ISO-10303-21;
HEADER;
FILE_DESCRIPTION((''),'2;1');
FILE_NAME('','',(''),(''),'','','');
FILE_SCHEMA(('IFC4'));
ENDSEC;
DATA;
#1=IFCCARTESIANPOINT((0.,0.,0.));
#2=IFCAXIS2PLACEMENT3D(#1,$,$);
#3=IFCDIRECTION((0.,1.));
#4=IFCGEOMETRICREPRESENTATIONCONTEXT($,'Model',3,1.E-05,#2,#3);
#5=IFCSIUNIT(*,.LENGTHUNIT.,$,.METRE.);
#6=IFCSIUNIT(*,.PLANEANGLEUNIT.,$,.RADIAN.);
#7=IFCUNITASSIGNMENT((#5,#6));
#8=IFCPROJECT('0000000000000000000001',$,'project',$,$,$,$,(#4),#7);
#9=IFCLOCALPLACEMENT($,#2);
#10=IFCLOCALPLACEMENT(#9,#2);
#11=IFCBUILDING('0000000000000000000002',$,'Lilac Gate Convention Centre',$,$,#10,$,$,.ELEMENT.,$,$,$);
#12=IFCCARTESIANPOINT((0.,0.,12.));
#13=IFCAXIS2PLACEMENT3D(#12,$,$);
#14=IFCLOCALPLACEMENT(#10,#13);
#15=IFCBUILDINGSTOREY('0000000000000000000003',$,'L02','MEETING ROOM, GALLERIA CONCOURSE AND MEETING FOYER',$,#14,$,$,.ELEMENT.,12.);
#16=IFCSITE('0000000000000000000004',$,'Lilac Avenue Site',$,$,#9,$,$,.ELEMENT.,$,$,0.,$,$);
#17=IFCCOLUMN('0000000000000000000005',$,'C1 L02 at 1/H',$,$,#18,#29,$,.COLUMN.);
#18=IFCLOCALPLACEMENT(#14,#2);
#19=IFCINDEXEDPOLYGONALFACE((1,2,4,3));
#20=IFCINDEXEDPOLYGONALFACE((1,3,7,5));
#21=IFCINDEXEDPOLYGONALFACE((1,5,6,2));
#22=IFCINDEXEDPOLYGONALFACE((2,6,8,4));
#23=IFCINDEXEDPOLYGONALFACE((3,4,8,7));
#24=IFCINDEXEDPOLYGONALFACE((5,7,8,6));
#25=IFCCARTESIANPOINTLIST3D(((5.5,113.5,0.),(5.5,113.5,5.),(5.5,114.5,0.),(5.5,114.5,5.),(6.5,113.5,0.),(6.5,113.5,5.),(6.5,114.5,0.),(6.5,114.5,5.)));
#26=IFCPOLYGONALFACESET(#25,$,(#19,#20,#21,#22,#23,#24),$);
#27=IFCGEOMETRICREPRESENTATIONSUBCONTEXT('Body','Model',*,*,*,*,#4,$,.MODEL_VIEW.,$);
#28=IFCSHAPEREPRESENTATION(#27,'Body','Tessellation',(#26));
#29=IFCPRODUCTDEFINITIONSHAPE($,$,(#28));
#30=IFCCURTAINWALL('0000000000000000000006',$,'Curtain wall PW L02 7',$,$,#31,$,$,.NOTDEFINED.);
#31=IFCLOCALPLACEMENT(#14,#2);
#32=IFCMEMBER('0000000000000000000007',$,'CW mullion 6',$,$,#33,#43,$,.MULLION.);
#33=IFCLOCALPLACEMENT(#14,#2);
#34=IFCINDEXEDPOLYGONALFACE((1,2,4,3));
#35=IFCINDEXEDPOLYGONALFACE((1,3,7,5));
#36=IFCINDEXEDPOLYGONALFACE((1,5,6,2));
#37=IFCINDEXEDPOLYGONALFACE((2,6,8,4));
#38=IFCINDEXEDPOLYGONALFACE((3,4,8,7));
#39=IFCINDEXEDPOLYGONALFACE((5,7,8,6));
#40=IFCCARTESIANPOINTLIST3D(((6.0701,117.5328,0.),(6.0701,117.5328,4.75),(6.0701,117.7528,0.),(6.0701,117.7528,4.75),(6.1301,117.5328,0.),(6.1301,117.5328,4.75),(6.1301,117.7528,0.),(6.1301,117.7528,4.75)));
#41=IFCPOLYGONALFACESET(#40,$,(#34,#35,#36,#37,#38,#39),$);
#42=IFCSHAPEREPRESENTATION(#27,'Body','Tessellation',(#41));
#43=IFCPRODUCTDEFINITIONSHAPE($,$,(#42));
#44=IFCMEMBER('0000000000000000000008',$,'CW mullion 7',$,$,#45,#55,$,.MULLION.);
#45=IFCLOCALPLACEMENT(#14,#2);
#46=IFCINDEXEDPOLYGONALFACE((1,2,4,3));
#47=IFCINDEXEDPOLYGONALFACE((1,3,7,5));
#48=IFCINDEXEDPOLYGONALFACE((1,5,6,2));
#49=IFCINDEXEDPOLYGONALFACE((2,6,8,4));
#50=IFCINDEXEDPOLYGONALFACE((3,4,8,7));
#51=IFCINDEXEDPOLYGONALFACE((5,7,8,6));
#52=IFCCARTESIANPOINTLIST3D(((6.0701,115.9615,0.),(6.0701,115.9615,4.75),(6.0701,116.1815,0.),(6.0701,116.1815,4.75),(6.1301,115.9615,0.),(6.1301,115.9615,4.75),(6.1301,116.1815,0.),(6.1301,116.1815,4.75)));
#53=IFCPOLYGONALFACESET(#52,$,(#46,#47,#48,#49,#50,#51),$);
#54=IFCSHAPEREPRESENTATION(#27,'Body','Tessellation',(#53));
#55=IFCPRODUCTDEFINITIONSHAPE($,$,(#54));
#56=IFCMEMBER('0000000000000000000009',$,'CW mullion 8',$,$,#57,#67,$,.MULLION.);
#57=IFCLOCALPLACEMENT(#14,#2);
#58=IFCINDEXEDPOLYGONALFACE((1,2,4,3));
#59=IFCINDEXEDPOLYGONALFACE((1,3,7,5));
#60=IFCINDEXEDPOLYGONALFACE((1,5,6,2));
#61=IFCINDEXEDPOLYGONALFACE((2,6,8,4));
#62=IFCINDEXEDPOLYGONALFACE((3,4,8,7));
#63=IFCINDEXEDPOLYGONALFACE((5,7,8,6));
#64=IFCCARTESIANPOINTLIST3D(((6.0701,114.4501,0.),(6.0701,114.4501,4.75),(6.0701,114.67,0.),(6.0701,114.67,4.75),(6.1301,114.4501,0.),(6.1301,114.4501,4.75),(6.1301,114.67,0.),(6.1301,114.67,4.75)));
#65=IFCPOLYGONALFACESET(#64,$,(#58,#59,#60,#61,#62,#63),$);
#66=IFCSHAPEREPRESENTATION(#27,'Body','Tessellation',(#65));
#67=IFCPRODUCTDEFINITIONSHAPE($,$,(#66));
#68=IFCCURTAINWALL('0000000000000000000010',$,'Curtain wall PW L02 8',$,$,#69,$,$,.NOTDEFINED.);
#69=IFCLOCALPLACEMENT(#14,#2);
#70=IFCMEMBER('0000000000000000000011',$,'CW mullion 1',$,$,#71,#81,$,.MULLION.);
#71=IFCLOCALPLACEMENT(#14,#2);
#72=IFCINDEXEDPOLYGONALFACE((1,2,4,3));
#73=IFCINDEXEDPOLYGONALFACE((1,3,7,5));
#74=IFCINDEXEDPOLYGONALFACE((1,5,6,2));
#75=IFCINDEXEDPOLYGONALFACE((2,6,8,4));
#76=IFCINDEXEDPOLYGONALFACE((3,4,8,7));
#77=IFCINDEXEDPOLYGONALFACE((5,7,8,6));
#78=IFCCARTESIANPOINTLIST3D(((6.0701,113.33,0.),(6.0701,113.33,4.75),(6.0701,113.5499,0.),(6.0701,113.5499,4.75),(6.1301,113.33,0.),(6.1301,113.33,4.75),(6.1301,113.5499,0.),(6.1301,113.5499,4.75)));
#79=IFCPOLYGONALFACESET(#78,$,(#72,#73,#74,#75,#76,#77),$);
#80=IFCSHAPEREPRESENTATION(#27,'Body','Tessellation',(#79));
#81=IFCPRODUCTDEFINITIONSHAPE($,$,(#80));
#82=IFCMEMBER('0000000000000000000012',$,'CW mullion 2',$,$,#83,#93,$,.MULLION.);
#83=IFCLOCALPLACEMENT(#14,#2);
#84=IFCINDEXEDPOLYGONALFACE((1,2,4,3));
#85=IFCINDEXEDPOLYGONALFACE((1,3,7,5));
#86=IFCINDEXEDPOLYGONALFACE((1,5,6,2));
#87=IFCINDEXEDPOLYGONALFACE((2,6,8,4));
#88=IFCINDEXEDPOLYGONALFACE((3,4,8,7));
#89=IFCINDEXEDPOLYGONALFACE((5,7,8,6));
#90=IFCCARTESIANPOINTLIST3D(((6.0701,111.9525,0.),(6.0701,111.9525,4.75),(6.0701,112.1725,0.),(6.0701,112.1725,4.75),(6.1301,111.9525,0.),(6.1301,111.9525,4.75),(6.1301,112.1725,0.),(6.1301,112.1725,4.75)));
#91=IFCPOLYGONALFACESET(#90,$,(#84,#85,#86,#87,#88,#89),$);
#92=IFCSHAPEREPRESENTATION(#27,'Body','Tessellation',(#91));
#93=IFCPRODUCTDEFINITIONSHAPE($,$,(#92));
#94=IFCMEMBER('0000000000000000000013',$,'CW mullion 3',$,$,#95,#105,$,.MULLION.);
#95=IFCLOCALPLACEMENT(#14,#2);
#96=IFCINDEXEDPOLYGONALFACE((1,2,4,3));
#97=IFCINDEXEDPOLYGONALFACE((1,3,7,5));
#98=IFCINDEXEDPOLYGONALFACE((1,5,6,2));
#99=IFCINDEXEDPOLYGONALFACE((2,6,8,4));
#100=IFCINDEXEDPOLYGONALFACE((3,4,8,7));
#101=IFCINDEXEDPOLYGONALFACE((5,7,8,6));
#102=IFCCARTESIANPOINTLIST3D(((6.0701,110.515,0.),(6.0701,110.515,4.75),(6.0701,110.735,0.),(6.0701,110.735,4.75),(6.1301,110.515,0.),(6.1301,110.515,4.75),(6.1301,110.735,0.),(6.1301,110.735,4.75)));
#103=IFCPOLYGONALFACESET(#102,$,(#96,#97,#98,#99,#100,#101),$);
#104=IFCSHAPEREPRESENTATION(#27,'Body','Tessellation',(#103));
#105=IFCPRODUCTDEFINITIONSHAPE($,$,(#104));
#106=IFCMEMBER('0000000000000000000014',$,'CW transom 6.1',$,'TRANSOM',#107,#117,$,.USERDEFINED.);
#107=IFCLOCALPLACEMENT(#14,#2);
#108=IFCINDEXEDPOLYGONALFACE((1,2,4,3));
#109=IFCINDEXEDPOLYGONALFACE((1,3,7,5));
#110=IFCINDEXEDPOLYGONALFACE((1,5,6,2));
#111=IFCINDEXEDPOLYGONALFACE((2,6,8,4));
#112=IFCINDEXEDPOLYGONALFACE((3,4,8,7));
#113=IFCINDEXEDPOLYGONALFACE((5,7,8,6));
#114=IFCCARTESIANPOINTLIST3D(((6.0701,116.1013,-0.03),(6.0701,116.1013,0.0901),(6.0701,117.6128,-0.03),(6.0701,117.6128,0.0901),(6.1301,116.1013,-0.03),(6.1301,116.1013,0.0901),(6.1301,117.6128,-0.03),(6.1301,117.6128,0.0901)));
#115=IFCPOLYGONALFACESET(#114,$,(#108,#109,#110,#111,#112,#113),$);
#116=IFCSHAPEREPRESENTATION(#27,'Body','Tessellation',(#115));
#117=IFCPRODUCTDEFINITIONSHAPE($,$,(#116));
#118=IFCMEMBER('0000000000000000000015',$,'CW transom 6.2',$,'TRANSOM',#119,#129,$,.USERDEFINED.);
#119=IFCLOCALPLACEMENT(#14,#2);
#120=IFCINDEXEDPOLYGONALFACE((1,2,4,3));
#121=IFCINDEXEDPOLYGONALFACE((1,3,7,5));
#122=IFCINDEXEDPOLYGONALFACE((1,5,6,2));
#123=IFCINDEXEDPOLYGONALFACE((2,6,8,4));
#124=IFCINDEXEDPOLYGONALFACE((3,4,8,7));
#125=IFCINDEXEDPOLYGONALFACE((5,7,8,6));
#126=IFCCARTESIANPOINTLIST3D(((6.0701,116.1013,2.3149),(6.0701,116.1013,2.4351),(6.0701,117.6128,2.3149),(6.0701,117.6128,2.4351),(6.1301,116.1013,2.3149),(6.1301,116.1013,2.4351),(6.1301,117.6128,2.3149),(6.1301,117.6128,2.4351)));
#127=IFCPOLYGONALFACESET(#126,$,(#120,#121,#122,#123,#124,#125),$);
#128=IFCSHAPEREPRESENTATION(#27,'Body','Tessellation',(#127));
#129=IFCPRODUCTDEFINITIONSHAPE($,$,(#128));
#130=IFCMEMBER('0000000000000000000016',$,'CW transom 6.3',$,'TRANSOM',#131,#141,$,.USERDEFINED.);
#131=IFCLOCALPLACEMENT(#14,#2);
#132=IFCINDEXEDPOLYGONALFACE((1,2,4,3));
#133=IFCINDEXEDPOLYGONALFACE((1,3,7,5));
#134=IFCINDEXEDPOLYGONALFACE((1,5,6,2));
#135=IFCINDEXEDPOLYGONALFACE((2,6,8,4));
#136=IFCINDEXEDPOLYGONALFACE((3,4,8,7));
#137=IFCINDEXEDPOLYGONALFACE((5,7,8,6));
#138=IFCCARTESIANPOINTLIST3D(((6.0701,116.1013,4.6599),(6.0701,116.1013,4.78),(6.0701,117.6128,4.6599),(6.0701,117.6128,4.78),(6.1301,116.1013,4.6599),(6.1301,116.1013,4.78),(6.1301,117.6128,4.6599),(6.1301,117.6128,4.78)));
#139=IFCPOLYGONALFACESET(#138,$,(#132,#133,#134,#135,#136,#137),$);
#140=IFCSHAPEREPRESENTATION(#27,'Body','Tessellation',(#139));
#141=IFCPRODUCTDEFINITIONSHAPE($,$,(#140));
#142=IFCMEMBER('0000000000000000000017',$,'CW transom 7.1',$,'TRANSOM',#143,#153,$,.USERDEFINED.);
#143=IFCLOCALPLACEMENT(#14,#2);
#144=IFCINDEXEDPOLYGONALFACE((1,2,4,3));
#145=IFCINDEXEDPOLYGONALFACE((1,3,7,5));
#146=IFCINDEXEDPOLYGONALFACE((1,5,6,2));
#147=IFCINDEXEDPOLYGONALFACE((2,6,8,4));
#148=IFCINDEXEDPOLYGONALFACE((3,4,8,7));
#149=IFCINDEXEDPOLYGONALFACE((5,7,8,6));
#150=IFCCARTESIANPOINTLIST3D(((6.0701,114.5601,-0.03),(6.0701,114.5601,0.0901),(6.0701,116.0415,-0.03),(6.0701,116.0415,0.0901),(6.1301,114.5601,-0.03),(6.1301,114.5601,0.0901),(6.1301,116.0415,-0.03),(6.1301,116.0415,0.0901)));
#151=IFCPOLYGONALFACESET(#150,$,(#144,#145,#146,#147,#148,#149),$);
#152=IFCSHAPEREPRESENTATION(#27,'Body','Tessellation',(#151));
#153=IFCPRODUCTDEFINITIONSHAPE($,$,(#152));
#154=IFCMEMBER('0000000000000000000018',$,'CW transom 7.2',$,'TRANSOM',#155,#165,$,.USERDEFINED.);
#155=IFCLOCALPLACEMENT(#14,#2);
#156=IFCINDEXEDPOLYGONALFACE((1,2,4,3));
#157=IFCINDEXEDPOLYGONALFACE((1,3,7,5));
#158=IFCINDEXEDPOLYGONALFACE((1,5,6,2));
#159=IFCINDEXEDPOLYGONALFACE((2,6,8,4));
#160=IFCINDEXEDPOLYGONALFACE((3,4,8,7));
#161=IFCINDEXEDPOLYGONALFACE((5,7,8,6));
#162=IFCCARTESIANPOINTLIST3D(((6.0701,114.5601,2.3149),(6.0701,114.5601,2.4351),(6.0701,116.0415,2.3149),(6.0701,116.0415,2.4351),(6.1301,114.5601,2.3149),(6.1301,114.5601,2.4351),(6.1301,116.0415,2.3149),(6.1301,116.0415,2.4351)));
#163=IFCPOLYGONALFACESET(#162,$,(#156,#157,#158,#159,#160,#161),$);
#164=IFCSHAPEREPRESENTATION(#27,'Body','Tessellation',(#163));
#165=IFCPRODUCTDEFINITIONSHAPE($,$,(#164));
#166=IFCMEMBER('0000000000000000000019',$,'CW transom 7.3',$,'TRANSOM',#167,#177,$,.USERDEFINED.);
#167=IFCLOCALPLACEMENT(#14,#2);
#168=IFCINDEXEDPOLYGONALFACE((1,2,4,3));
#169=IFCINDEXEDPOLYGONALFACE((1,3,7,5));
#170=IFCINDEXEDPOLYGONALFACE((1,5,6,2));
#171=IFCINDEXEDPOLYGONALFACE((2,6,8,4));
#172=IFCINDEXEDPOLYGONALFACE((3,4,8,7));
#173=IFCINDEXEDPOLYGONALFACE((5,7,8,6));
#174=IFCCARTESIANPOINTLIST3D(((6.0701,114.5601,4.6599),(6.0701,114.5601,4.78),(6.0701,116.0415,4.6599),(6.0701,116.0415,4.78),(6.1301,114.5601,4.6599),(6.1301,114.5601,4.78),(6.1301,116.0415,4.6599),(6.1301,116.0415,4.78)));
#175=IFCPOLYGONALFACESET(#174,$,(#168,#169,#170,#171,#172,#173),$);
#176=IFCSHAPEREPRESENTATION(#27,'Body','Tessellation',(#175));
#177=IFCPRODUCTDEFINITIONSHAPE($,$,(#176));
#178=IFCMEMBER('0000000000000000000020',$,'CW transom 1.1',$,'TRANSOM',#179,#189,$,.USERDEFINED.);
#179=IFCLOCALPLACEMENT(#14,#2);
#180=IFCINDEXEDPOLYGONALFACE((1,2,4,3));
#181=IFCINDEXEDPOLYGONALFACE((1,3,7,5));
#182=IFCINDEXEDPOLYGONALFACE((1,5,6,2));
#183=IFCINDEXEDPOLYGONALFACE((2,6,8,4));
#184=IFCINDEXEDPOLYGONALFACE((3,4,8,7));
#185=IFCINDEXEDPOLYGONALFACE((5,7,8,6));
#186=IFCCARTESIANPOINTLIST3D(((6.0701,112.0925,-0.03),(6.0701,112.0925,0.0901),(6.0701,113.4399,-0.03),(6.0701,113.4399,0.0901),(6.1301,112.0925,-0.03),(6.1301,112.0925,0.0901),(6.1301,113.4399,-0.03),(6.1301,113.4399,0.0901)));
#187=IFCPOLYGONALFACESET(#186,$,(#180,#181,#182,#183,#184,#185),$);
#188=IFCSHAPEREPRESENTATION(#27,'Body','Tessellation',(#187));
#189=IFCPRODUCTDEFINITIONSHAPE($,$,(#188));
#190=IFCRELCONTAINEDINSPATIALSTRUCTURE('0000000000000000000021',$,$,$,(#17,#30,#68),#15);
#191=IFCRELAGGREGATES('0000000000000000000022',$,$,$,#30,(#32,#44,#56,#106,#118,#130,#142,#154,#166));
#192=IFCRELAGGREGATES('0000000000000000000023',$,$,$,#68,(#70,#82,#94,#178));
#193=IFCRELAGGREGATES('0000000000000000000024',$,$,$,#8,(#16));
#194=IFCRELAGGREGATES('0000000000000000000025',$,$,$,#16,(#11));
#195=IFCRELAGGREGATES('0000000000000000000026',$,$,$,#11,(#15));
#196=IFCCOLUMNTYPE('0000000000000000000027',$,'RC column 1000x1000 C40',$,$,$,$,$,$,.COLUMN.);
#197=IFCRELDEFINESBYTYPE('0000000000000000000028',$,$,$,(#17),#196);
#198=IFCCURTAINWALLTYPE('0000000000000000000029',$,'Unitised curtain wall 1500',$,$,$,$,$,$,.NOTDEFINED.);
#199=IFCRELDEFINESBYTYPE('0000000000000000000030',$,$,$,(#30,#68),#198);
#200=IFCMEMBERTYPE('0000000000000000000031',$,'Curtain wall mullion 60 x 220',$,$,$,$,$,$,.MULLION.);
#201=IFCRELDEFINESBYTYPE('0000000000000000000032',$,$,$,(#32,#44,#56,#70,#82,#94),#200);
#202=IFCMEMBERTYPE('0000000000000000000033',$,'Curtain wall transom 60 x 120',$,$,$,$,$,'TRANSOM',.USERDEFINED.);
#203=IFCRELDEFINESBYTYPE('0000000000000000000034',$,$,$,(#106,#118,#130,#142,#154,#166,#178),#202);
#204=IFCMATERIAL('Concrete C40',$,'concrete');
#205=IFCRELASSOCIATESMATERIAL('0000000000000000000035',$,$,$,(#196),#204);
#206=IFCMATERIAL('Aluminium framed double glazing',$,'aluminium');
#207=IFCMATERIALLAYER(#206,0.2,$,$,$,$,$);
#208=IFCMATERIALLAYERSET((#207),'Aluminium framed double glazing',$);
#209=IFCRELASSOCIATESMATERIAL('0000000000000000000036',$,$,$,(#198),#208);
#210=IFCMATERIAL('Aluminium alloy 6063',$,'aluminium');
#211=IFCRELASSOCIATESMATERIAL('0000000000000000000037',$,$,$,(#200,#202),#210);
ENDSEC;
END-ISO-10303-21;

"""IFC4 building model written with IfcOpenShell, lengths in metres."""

from ifc_helpers import new_model, si_unit, direction, frame, origin, origin_2d, place, context, subcontext, project, spatial, rectangle, extrude, material, layer, layer_set, material_profile, profile_set, type_object, element, aggregate, save


model = new_model("IFC4")

# Units and contexts
model_context = context("Model", 3, precision=1e-05, world=origin(), true_north=direction((0.0, 1.0)))
body_context = subcontext(model_context, "Body", "Model", "MODEL_VIEW")
ifc_project = project(units=[si_unit("LENGTHUNIT", "METRE"), si_unit("PLANEANGLEUNIT", "RADIAN")], contexts=[model_context])

# Site, building, storey
site_placement = place(None, origin())
site = spatial("IfcSite", under=ifc_project, at=site_placement, Name="Lilac Avenue Site", CompositionType="ELEMENT", RefElevation=0.0)
building_placement = place(site_placement, origin())
building = spatial("IfcBuilding", under=site, at=building_placement, Name="Lilac Gate Convention Centre", CompositionType="ELEMENT")
storey_placement = place(building_placement, frame((0.0, 0.0, 12.0)))
storey = spatial("IfcBuildingStorey", under=building, at=storey_placement, Name="L02", Description="MEETING ROOM, GALLERIA CONCOURSE AND MEETING FOYER", CompositionType="ELEMENT", Elevation=12.0)

# Column
ifc_material_1 = material(Name="Concrete C40", Category="concrete")
ifc_material_profile_1 = material_profile(ifc_material_1, rectangle(XDim=1.0, YDim=1.0, at=origin_2d()), Name="RC 1000x1000")
ifc_profile_set_1 = profile_set([ifc_material_profile_1], Name="Concrete C40")
column_type = type_object("IfcColumnType", Name="RC column 1000x1000 C40", PredefinedType="COLUMN", material=ifc_profile_set_1)
column_placement = place(storey_placement, frame((6.0, 114.0, 0.0), z_axis=(0.0, 0.0, 1.0), x_axis=(1.0, 0.0, 0.0)))
element("IfcColumn", 1, at=column_placement, inside=storey, type_object=column_type, Name="C1 L02 at 1/H", PredefinedType="COLUMN", context=body_context, shape_type="SweptSolid", body=[
    extrude(rectangle(XDim=1.0, YDim=1.0, at=origin_2d()), origin(), (0.0, 0.0, 1.0), 5.0),
])

# Curtain walls, members
ifc_material_2 = material(Name="Aluminium framed double glazing", Category="aluminium")
ifc_layer_1 = layer(ifc_material_2, 0.2)
ifc_layer_set_1 = layer_set([ifc_layer_1], Name="Aluminium framed double glazing")
curtain_wall_type = type_object("IfcCurtainWallType", Name="Unitised curtain wall 1500", PredefinedType="NOTDEFINED", material=ifc_layer_set_1)
curtain_wall_1_placement = place(storey_placement, origin())
curtain_wall_1 = element("IfcCurtainWall", 2, at=curtain_wall_1_placement, inside=storey, type_object=curtain_wall_type, Name="Curtain wall PW L02 7", PredefinedType="NOTDEFINED")
ifc_material_3 = material(Name="Aluminium alloy 6063", Category="aluminium")
ifc_material_profile_2 = material_profile(ifc_material_3, rectangle(XDim=0.0601, YDim=0.22, at=origin_2d()), Name="Curtain wall mullion 60 x 220")
ifc_profile_set_2 = profile_set([ifc_material_profile_2], Name="Aluminium alloy 6063")
member_type_1 = type_object("IfcMemberType", Name="Curtain wall mullion 60 x 220", PredefinedType="MULLION", material=ifc_profile_set_2)
member_1_placement = place(storey_placement, frame((6.1001, 117.6428, 0.0), z_axis=(0.0, 0.0, 1.0), x_axis=(1.0, 0.0, 0.0)))
member_1 = element("IfcMember", 3, at=member_1_placement, type_object=member_type_1, Name="CW mullion 6", PredefinedType="MULLION", context=body_context, shape_type="SweptSolid", body=[
    extrude(rectangle(XDim=0.0601, YDim=0.22, at=origin_2d()), origin(), (0.0, 0.0, 1.0), 4.75),
])
member_2_placement = place(storey_placement, frame((6.1001, 116.0715, 0.0), z_axis=(0.0, 0.0, 1.0), x_axis=(1.0, 0.0, 0.0)))
member_2 = element("IfcMember", 4, at=member_2_placement, type_object=member_type_1, Name="CW mullion 7", PredefinedType="MULLION", context=body_context, shape_type="SweptSolid", body=[
    extrude(rectangle(XDim=0.0601, YDim=0.22, at=origin_2d()), origin(), (0.0, 0.0, 1.0), 4.75),
])
member_3_placement = place(storey_placement, frame((6.1001, 114.5601, 0.0), z_axis=(0.0, 0.0, 1.0), x_axis=(1.0, 0.0, 0.0)))
member_3 = element("IfcMember", 5, at=member_3_placement, type_object=member_type_1, Name="CW mullion 8", PredefinedType="MULLION", context=body_context, shape_type="SweptSolid", body=[
    extrude(rectangle(XDim=0.0601, YDim=0.22, at=origin_2d()), origin(), (0.0, 0.0, 1.0), 4.75),
])
curtain_wall_2_placement = place(storey_placement, origin())
curtain_wall_2 = element("IfcCurtainWall", 6, at=curtain_wall_2_placement, inside=storey, type_object=curtain_wall_type, Name="Curtain wall PW L02 8", PredefinedType="NOTDEFINED")
member_4_placement = place(storey_placement, frame((6.1001, 113.4399, 0.0), z_axis=(0.0, 0.0, 1.0), x_axis=(1.0, 0.0, 0.0)))
member_4 = element("IfcMember", 7, at=member_4_placement, type_object=member_type_1, Name="CW mullion 1", PredefinedType="MULLION", context=body_context, shape_type="SweptSolid", body=[
    extrude(rectangle(XDim=0.0601, YDim=0.22, at=origin_2d()), origin(), (0.0, 0.0, 1.0), 4.75),
])
member_5_placement = place(storey_placement, frame((6.1001, 112.0625, 0.0), z_axis=(0.0, 0.0, 1.0), x_axis=(1.0, 0.0, 0.0)))
member_5 = element("IfcMember", 8, at=member_5_placement, type_object=member_type_1, Name="CW mullion 2", PredefinedType="MULLION", context=body_context, shape_type="SweptSolid", body=[
    extrude(rectangle(XDim=0.0601, YDim=0.22, at=origin_2d()), origin(), (0.0, 0.0, 1.0), 4.75),
])
member_6_placement = place(storey_placement, frame((6.1001, 110.625, 0.0), z_axis=(0.0, 0.0, 1.0), x_axis=(1.0, 0.0, 0.0)))
member_6 = element("IfcMember", 9, at=member_6_placement, type_object=member_type_1, Name="CW mullion 3", PredefinedType="MULLION", context=body_context, shape_type="SweptSolid", body=[
    extrude(rectangle(XDim=0.0601, YDim=0.22, at=origin_2d()), origin(), (0.0, 0.0, 1.0), 4.75),
])

# Members
ifc_material_profile_3 = material_profile(ifc_material_3, rectangle(XDim=0.0601, YDim=0.1201, at=origin_2d()), Name="Curtain wall transom 60 x 120")
ifc_profile_set_3 = profile_set([ifc_material_profile_3], Name="Aluminium alloy 6063")
member_type_2 = type_object("IfcMemberType", Name="Curtain wall transom 60 x 120", ElementType="TRANSOM", PredefinedType="USERDEFINED", material=ifc_profile_set_3)
member_7_placement = place(storey_placement, frame((6.1001, 117.6128, 0.03), z_axis=(0.0, -1.0, 0.0), x_axis=(1.0, 0.0, 0.0)))
member_7 = element("IfcMember", 10, at=member_7_placement, type_object=member_type_2, Name="CW transom 6.1", ObjectType="TRANSOM", PredefinedType="USERDEFINED", context=body_context, shape_type="SweptSolid", body=[
    extrude(rectangle(XDim=0.0601, YDim=0.1201, at=origin_2d()), origin(), (0.0, 0.0, 1.0), 1.5115),
])
member_8_placement = place(storey_placement, frame((6.1001, 117.6128, 2.375), z_axis=(0.0, -1.0, 0.0), x_axis=(1.0, 0.0, 0.0)))
member_8 = element("IfcMember", 11, at=member_8_placement, type_object=member_type_2, Name="CW transom 6.2", ObjectType="TRANSOM", PredefinedType="USERDEFINED", context=body_context, shape_type="SweptSolid", body=[
    extrude(rectangle(XDim=0.0601, YDim=0.1201, at=origin_2d()), origin(), (0.0, 0.0, 1.0), 1.5115),
])
member_9_placement = place(storey_placement, frame((6.1001, 117.6128, 4.72), z_axis=(0.0, -1.0, 0.0), x_axis=(1.0, 0.0, 0.0)))
member_9 = element("IfcMember", 12, at=member_9_placement, type_object=member_type_2, Name="CW transom 6.3", ObjectType="TRANSOM", PredefinedType="USERDEFINED", context=body_context, shape_type="SweptSolid", body=[
    extrude(rectangle(XDim=0.0601, YDim=0.1201, at=origin_2d()), origin(), (0.0, 0.0, 1.0), 1.5115),
])
member_10_placement = place(storey_placement, frame((6.1001, 116.0415, 0.03), z_axis=(0.0, -1.0, 0.0), x_axis=(1.0, 0.0, 0.0)))
member_10 = element("IfcMember", 13, at=member_10_placement, type_object=member_type_2, Name="CW transom 7.1", ObjectType="TRANSOM", PredefinedType="USERDEFINED", context=body_context, shape_type="SweptSolid", body=[
    extrude(rectangle(XDim=0.0601, YDim=0.1201, at=origin_2d()), origin(), (0.0, 0.0, 1.0), 1.4814),
])
member_11_placement = place(storey_placement, frame((6.1001, 116.0415, 2.375), z_axis=(0.0, -1.0, 0.0), x_axis=(1.0, 0.0, 0.0)))
member_11 = element("IfcMember", 14, at=member_11_placement, type_object=member_type_2, Name="CW transom 7.2", ObjectType="TRANSOM", PredefinedType="USERDEFINED", context=body_context, shape_type="SweptSolid", body=[
    extrude(rectangle(XDim=0.0601, YDim=0.1201, at=origin_2d()), origin(), (0.0, 0.0, 1.0), 1.4814),
])
member_12_placement = place(storey_placement, frame((6.1001, 116.0415, 4.72), z_axis=(0.0, -1.0, 0.0), x_axis=(1.0, 0.0, 0.0)))
member_12 = element("IfcMember", 15, at=member_12_placement, type_object=member_type_2, Name="CW transom 7.3", ObjectType="TRANSOM", PredefinedType="USERDEFINED", context=body_context, shape_type="SweptSolid", body=[
    extrude(rectangle(XDim=0.0601, YDim=0.1201, at=origin_2d()), origin(), (0.0, 0.0, 1.0), 1.4814),
])
member_13_placement = place(storey_placement, frame((6.1001, 113.4399, 0.03), z_axis=(0.0, -1.0, 0.0), x_axis=(1.0, 0.0, 0.0)))
member_13 = element("IfcMember", 16, at=member_13_placement, type_object=member_type_2, Name="CW transom 1.1", ObjectType="TRANSOM", PredefinedType="USERDEFINED", context=body_context, shape_type="SweptSolid", body=[
    extrude(rectangle(XDim=0.0601, YDim=0.1201, at=origin_2d()), origin(), (0.0, 0.0, 1.0), 1.3474),
])

aggregate(curtain_wall_1, [member_1, member_2, member_3, member_7, member_8, member_9, member_10, member_11, member_12])
aggregate(curtain_wall_2, [member_4, member_5, member_6, member_13])

save(model, "model.ifc")
